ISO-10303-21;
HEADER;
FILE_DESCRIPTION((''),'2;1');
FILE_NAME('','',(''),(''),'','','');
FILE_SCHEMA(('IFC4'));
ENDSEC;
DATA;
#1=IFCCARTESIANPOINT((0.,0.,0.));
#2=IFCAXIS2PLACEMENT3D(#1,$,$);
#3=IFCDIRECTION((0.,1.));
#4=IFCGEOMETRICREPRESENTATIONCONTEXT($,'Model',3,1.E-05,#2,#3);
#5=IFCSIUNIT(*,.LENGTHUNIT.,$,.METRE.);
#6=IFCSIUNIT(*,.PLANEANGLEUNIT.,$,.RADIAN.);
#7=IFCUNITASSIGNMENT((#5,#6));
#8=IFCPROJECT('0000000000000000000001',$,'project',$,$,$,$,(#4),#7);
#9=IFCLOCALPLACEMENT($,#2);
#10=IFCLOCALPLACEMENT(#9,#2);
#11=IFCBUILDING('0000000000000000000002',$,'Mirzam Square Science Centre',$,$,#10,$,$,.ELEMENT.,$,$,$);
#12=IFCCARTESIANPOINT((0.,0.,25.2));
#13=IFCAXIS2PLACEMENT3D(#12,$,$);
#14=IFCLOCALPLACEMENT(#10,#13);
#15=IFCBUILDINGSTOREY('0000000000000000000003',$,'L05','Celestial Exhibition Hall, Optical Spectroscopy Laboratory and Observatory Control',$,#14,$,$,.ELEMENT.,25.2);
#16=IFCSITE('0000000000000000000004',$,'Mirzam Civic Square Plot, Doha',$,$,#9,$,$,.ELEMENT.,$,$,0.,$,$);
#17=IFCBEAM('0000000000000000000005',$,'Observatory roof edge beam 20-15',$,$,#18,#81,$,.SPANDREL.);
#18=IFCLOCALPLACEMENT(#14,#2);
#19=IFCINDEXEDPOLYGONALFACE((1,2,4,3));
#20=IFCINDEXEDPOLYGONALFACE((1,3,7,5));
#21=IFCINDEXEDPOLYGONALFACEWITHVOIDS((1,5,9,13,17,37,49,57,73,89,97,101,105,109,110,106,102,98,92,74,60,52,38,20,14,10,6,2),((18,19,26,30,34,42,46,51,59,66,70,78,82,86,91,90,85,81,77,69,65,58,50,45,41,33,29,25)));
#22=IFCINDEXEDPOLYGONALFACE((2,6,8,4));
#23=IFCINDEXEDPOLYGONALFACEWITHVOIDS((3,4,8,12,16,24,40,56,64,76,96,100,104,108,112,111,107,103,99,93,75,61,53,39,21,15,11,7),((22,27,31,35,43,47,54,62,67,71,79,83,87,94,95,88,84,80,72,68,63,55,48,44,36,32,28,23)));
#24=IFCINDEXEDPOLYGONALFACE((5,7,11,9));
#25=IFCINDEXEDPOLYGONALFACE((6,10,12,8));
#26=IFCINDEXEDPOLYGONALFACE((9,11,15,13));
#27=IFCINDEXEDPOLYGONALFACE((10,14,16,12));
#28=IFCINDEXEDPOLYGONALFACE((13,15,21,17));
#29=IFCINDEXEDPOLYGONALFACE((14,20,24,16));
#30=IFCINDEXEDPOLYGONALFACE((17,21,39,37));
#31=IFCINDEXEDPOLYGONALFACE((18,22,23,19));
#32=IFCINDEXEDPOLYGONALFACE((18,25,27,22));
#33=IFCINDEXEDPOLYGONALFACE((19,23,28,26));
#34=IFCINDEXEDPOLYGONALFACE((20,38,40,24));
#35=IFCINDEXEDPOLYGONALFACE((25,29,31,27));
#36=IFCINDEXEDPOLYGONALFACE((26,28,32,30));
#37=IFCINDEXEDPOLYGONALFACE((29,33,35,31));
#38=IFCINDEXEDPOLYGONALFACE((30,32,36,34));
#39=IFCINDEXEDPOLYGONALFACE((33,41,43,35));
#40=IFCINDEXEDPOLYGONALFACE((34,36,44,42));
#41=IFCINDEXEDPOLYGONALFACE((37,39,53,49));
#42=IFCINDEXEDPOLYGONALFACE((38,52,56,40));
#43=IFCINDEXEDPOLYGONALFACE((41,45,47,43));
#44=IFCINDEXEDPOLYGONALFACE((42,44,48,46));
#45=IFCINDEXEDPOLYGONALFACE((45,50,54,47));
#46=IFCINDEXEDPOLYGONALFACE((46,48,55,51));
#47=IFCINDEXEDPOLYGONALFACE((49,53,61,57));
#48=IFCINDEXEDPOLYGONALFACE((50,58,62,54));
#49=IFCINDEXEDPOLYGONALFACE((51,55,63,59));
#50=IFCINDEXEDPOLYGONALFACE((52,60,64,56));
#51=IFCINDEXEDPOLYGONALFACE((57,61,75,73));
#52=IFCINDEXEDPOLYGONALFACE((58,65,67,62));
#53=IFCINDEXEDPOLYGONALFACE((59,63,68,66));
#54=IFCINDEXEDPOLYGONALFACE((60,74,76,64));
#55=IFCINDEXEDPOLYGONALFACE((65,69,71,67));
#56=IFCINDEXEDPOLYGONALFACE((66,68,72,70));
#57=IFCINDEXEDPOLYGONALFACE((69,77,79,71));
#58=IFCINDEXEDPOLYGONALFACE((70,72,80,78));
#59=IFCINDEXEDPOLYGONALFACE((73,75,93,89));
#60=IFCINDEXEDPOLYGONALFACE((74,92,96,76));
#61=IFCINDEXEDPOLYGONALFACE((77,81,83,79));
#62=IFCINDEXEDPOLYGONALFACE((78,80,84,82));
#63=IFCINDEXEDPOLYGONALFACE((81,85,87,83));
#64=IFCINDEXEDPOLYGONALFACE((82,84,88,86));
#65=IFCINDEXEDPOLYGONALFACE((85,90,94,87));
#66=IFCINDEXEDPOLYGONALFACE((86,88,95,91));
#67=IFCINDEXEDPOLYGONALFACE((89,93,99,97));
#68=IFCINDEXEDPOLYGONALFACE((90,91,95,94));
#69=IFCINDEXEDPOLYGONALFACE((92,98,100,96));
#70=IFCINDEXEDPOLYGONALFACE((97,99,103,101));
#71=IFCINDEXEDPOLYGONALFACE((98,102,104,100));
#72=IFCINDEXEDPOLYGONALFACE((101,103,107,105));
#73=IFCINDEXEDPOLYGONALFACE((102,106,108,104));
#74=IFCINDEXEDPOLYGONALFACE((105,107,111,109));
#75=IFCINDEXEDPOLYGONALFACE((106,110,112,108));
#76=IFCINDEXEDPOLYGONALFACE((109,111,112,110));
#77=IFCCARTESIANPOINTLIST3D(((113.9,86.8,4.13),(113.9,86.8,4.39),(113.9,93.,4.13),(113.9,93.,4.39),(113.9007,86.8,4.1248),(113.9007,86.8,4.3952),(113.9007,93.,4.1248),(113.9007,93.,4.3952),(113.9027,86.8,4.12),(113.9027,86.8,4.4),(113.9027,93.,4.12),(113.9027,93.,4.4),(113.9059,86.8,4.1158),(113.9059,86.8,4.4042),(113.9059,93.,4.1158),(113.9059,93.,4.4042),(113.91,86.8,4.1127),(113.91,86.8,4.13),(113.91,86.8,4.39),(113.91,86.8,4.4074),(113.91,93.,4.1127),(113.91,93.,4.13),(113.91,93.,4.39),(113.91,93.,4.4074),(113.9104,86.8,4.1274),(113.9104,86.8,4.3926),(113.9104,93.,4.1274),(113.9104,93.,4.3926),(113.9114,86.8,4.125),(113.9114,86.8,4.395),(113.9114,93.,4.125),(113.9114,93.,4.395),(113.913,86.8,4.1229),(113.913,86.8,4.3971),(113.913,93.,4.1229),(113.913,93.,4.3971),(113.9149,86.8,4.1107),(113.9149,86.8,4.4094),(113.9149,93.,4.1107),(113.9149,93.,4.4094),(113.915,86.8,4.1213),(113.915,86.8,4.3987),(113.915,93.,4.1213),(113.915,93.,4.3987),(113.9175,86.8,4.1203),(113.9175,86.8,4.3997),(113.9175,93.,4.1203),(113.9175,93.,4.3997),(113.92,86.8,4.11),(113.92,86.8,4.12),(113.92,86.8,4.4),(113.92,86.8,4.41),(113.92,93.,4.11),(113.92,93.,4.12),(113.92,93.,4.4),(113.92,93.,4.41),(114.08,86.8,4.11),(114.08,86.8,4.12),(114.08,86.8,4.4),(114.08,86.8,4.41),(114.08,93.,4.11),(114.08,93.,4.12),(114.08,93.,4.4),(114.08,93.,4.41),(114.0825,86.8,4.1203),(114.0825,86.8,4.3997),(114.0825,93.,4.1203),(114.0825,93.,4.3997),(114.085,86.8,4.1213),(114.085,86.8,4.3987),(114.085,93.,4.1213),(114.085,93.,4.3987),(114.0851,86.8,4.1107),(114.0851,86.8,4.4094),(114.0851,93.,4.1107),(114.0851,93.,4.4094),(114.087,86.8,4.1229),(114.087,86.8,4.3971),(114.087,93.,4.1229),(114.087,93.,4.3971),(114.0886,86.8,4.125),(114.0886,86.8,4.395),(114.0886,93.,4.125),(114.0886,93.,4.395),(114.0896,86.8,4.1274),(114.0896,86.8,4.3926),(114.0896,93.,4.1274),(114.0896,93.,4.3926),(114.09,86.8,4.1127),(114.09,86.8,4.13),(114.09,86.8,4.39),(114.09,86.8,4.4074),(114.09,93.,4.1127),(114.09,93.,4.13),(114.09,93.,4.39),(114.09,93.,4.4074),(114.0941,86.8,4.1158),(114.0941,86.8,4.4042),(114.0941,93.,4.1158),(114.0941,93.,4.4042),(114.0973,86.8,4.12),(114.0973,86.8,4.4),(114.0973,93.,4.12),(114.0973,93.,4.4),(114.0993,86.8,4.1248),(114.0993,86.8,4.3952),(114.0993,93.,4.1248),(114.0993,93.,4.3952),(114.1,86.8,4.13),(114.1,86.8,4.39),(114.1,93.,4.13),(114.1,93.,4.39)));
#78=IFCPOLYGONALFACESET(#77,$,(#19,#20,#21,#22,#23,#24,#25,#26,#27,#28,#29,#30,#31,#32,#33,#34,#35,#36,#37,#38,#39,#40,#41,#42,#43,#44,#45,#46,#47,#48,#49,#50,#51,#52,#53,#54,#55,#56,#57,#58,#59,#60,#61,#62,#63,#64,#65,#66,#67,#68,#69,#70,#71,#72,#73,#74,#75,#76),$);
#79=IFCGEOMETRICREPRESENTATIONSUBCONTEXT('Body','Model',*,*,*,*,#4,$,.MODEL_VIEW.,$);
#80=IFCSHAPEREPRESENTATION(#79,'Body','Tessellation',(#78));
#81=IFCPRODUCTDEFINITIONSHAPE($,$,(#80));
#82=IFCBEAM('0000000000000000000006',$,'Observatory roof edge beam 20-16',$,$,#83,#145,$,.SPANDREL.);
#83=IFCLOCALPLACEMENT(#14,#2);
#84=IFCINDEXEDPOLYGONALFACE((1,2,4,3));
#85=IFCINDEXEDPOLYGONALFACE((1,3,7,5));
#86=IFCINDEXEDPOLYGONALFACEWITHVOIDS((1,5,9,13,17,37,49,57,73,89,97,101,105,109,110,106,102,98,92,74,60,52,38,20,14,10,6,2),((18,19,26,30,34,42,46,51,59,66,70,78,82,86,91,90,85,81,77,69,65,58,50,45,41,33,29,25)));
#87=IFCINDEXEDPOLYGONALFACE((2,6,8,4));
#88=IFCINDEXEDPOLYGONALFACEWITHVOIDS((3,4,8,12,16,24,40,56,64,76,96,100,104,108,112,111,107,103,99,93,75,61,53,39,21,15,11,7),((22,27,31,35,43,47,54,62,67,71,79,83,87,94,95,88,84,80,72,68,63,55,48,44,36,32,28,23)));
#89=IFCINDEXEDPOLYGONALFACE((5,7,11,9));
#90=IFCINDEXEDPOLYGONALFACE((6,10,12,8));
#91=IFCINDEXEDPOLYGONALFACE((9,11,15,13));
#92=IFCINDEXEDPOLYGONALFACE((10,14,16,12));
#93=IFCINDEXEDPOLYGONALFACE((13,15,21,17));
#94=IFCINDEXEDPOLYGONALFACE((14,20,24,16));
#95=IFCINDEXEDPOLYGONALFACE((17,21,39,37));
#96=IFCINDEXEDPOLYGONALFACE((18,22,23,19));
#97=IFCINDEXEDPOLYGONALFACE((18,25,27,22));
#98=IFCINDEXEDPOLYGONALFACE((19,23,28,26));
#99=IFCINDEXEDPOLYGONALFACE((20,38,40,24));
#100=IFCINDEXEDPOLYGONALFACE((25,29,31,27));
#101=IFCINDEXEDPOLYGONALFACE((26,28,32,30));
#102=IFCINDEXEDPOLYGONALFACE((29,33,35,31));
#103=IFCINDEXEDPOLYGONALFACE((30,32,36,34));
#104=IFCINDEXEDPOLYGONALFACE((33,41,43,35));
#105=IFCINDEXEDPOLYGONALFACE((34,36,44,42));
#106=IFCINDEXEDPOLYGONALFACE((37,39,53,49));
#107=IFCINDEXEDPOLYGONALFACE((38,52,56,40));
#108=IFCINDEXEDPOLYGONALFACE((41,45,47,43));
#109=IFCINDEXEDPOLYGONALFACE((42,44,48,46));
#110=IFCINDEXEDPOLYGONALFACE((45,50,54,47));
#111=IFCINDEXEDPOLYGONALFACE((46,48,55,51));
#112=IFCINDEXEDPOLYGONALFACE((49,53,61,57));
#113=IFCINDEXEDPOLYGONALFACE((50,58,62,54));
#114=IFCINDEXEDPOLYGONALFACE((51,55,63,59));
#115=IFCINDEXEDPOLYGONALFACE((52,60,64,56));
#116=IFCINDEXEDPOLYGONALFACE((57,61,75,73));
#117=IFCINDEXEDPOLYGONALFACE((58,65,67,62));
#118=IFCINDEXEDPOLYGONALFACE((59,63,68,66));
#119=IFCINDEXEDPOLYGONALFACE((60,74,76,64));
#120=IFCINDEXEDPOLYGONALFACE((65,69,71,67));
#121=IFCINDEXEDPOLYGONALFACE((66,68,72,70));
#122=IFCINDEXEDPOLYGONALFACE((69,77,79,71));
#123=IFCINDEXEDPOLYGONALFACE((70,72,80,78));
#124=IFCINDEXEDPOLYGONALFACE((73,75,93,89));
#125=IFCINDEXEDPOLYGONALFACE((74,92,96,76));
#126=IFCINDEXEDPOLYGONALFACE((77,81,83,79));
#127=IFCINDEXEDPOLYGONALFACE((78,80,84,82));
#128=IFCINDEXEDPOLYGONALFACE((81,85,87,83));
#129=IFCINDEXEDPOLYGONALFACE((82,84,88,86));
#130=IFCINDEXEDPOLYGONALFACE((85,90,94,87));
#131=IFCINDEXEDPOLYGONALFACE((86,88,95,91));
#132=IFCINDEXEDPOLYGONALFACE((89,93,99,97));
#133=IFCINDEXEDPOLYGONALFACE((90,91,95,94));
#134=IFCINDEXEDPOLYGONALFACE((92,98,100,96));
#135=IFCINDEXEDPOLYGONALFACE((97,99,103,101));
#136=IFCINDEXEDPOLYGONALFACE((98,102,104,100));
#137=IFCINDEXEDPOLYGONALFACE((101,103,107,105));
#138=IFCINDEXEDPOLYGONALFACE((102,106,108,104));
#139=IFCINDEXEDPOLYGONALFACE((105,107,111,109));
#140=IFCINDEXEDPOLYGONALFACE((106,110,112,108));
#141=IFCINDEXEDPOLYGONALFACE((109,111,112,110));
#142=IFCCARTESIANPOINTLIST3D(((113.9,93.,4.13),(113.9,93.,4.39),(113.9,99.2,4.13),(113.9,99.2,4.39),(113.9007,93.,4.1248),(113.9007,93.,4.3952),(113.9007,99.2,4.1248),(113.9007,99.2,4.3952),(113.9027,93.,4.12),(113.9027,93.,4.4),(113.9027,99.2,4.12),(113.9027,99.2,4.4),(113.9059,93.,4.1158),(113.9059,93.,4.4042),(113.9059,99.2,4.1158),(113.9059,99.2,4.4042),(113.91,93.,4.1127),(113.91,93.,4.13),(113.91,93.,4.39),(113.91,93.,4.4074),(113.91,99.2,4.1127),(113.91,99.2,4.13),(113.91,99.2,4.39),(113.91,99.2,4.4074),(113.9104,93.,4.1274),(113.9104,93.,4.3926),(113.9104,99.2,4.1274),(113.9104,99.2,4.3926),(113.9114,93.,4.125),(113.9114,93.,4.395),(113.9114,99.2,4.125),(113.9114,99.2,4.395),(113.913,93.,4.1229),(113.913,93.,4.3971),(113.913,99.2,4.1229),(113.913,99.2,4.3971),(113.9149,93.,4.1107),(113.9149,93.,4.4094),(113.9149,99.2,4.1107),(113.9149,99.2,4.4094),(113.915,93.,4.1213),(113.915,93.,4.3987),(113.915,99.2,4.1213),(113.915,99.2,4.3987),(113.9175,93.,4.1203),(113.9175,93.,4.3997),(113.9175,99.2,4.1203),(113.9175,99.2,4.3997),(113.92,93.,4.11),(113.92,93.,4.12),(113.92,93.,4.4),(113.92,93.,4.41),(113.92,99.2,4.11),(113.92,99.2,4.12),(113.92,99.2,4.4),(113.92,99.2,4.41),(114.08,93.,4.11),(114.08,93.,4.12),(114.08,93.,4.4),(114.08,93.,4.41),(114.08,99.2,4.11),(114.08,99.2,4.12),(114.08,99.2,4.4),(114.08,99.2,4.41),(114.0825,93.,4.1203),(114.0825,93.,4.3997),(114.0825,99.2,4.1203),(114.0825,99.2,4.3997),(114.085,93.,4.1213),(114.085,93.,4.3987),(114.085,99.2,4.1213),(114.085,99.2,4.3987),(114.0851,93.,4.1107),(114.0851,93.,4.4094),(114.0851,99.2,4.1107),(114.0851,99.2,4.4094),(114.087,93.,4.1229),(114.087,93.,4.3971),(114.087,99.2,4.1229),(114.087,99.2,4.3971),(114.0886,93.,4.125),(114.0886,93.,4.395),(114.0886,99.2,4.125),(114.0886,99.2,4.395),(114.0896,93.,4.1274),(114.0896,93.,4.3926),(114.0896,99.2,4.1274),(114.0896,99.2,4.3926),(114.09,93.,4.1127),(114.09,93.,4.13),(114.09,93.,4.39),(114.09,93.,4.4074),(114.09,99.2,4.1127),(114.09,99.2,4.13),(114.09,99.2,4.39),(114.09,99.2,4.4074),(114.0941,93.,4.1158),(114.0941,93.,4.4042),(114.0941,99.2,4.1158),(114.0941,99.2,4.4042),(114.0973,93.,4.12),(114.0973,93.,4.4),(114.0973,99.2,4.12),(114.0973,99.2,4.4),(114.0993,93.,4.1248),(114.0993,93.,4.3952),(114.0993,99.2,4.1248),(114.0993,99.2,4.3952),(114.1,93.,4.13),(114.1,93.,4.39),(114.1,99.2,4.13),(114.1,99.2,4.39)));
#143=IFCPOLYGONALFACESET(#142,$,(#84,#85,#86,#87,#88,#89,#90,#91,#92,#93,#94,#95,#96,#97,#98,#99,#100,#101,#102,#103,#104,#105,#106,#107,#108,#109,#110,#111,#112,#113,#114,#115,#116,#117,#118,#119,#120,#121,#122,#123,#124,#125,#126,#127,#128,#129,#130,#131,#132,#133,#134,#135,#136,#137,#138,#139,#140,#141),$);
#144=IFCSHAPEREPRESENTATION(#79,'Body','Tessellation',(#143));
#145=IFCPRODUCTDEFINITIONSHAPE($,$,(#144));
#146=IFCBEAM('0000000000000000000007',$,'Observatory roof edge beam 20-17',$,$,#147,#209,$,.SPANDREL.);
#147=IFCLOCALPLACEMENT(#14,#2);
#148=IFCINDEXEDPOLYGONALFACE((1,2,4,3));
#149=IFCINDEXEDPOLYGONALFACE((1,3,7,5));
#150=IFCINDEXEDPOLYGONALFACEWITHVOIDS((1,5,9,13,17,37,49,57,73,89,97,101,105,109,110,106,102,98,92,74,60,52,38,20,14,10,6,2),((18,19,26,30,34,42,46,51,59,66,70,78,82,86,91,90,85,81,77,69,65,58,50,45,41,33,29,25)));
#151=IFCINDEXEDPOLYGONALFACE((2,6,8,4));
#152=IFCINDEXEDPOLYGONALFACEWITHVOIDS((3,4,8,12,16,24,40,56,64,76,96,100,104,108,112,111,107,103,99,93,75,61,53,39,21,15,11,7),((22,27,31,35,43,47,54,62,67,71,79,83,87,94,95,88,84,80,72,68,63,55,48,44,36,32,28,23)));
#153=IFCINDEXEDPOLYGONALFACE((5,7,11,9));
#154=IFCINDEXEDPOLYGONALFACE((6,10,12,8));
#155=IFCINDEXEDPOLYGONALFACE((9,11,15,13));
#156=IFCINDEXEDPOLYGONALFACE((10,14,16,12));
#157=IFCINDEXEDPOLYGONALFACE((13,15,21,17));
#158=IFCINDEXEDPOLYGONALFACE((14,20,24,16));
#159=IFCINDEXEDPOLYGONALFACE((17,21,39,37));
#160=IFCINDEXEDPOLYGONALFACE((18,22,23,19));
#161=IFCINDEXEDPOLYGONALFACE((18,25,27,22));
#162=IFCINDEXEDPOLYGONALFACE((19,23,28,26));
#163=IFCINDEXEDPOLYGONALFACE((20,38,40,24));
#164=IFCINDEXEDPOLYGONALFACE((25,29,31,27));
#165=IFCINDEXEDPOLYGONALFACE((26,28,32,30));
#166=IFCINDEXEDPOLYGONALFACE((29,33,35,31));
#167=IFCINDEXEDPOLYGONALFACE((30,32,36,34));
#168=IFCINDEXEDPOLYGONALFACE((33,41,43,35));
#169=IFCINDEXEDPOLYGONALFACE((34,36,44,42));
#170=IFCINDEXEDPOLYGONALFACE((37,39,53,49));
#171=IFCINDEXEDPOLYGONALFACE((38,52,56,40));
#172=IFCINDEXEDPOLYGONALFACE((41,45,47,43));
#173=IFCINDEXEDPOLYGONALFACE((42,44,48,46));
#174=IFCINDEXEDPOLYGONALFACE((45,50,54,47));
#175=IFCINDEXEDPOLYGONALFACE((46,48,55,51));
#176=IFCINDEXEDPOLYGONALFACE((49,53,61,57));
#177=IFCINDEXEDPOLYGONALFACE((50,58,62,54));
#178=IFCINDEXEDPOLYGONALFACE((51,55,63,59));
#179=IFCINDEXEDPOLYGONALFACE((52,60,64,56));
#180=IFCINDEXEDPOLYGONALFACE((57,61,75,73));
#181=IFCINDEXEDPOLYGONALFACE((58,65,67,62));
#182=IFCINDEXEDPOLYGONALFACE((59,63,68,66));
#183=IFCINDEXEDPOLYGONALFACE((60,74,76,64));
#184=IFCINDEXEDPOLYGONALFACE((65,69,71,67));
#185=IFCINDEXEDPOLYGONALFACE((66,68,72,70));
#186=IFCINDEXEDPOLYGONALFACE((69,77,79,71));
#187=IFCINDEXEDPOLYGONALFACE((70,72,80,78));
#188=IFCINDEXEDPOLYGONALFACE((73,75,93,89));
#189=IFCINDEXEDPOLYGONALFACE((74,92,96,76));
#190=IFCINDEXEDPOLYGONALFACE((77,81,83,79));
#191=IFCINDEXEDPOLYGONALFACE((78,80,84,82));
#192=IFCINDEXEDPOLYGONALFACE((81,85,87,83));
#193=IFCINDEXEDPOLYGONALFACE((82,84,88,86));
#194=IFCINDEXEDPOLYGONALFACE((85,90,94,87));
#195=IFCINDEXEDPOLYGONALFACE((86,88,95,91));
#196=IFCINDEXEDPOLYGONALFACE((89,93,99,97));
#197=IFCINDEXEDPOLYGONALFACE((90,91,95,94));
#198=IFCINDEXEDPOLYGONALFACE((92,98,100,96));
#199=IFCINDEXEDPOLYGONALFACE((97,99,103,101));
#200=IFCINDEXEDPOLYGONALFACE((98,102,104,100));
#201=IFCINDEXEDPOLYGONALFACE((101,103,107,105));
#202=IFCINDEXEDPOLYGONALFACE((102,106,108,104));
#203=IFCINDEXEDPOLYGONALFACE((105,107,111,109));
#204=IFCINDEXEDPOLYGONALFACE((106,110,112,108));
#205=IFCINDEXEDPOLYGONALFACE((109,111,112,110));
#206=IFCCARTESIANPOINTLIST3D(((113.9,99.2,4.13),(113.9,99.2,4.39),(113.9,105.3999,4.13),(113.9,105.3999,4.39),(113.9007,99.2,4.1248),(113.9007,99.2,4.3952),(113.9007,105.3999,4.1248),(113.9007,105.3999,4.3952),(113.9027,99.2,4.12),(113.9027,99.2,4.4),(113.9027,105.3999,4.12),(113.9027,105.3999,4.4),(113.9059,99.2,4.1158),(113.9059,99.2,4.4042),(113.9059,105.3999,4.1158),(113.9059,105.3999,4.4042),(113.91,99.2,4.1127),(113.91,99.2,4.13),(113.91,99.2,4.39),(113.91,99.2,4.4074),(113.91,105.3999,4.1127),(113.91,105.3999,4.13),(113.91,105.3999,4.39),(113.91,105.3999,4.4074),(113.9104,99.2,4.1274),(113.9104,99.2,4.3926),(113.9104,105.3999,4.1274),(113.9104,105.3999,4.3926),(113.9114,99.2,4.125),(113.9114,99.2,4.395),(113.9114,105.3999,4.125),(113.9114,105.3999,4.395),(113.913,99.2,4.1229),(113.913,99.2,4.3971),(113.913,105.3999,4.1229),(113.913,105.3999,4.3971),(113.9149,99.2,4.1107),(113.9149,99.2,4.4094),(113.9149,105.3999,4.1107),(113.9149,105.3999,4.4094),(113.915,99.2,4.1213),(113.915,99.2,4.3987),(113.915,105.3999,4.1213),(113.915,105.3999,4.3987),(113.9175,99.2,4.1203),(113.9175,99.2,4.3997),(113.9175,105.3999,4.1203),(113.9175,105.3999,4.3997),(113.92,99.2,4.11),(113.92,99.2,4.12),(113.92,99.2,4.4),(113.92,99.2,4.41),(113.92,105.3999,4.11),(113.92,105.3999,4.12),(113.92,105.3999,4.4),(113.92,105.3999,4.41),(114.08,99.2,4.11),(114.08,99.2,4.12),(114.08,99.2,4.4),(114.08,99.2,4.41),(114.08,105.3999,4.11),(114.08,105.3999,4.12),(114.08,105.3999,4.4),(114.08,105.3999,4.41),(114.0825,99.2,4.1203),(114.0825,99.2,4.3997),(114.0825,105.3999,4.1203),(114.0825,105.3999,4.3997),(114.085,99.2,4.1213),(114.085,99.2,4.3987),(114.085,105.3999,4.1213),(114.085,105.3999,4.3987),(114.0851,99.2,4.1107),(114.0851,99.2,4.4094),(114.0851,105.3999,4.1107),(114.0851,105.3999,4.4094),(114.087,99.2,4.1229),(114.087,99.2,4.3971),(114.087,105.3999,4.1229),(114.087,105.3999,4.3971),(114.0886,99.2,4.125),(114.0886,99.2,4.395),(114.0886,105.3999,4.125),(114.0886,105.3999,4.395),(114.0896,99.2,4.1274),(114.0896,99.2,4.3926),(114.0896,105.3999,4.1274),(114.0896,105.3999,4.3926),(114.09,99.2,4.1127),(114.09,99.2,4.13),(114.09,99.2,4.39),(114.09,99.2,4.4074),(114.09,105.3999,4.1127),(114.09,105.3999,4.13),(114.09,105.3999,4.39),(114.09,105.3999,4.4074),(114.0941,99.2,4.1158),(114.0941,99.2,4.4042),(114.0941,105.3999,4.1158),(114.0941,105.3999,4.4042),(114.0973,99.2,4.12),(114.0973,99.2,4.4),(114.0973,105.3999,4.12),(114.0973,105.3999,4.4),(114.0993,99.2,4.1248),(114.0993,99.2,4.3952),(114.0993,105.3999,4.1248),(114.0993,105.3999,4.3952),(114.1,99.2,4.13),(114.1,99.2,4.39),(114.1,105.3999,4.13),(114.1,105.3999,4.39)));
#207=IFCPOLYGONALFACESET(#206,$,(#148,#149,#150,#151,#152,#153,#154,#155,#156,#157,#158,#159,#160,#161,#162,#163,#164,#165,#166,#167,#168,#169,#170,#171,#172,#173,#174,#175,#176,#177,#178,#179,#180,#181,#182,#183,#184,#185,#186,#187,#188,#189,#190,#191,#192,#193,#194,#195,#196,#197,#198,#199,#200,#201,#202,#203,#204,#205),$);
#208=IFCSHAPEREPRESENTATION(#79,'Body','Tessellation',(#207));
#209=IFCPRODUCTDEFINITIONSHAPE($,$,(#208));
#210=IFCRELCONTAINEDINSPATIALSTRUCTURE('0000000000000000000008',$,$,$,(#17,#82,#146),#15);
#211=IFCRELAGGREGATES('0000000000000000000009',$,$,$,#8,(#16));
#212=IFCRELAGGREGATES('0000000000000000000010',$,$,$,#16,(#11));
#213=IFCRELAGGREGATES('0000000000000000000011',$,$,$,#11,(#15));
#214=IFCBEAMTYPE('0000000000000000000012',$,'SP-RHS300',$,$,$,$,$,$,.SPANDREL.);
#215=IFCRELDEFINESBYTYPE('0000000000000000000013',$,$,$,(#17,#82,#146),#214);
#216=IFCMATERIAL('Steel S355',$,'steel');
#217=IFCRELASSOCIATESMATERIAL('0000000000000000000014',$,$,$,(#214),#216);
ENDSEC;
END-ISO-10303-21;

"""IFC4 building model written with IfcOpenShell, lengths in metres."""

from ifc_helpers import new_model, si_unit, direction, frame, origin, origin_2d, place, context, subcontext, project, spatial, hollow_rectangle, extrude, material, material_profile, profile_set, type_object, element, save


model = new_model("IFC4")

# Units and contexts
model_context = context("Model", 3, precision=1e-05, world=origin(), true_north=direction((0.0, 1.0)))
body_context = subcontext(model_context, "Body", "Model", "MODEL_VIEW")
ifc_project = project(units=[si_unit("LENGTHUNIT", "METRE"), si_unit("PLANEANGLEUNIT", "RADIAN")], contexts=[model_context])

# Site, building, storey
site_placement = place(None, origin())
site = spatial("IfcSite", under=ifc_project, at=site_placement, Name="Mirzam Civic Square Plot, Doha", CompositionType="ELEMENT", RefElevation=0.0)
building_placement = place(site_placement, origin())
building = spatial("IfcBuilding", under=site, at=building_placement, Name="Mirzam Square Science Centre", CompositionType="ELEMENT")
storey_placement = place(building_placement, frame((0.0, 0.0, 25.2)))
storey = spatial("IfcBuildingStorey", under=building, at=storey_placement, Name="L05", Description="Celestial Exhibition Hall, Optical Spectroscopy Laboratory and Observatory Control", CompositionType="ELEMENT", Elevation=25.2)

# Shared definitions
ifc_material_1 = material(Name="Steel S355", Category="steel")

# Beams
ifc_material_profile_1 = material_profile(ifc_material_1, hollow_rectangle(XDim=0.2, YDim=0.3, WallThickness=0.01, InnerFilletRadius=0.01, OuterFilletRadius=0.02, at=origin_2d()), Name="300x200x10.0RHS")
ifc_profile_set_1 = profile_set([ifc_material_profile_1], Name="Steel S355")
beam_type_1 = type_object("IfcBeamType", Name="SP-RHS300", PredefinedType="SPANDREL", material=ifc_profile_set_1)
for number, where, z_axis, x_axis, name in (
    (1, (114.0, 86.8, 4.26), (0.0, 1.0, 0.0), (-1.0, 0.0, 0.0), "Observatory roof edge beam 20-15"),
    (2, (114.0, 93.0, 4.26), (0.0, 1.0, 0.0), (-1.0, 0.0, 0.0), "Observatory roof edge beam 20-16"),
    (3, (114.0, 99.2, 4.26), (0.0, 1.0, 0.0), (-1.0, 0.0, 0.0), "Observatory roof edge beam 20-17"),
):
    element("IfcBeam", number, at=place(storey_placement, frame(where, z_axis=z_axis, x_axis=x_axis)), inside=storey, type_object=beam_type_1, Name=name, PredefinedType="SPANDREL", context=body_context, shape_type="SweptSolid", body=[
        extrude(hollow_rectangle(XDim=0.2, YDim=0.3, WallThickness=0.01, InnerFilletRadius=0.01, OuterFilletRadius=0.02, at=origin_2d()), origin(), (0.0, 0.0, 1.0), 6.2),
    ])

save(model, "model.ifc")
